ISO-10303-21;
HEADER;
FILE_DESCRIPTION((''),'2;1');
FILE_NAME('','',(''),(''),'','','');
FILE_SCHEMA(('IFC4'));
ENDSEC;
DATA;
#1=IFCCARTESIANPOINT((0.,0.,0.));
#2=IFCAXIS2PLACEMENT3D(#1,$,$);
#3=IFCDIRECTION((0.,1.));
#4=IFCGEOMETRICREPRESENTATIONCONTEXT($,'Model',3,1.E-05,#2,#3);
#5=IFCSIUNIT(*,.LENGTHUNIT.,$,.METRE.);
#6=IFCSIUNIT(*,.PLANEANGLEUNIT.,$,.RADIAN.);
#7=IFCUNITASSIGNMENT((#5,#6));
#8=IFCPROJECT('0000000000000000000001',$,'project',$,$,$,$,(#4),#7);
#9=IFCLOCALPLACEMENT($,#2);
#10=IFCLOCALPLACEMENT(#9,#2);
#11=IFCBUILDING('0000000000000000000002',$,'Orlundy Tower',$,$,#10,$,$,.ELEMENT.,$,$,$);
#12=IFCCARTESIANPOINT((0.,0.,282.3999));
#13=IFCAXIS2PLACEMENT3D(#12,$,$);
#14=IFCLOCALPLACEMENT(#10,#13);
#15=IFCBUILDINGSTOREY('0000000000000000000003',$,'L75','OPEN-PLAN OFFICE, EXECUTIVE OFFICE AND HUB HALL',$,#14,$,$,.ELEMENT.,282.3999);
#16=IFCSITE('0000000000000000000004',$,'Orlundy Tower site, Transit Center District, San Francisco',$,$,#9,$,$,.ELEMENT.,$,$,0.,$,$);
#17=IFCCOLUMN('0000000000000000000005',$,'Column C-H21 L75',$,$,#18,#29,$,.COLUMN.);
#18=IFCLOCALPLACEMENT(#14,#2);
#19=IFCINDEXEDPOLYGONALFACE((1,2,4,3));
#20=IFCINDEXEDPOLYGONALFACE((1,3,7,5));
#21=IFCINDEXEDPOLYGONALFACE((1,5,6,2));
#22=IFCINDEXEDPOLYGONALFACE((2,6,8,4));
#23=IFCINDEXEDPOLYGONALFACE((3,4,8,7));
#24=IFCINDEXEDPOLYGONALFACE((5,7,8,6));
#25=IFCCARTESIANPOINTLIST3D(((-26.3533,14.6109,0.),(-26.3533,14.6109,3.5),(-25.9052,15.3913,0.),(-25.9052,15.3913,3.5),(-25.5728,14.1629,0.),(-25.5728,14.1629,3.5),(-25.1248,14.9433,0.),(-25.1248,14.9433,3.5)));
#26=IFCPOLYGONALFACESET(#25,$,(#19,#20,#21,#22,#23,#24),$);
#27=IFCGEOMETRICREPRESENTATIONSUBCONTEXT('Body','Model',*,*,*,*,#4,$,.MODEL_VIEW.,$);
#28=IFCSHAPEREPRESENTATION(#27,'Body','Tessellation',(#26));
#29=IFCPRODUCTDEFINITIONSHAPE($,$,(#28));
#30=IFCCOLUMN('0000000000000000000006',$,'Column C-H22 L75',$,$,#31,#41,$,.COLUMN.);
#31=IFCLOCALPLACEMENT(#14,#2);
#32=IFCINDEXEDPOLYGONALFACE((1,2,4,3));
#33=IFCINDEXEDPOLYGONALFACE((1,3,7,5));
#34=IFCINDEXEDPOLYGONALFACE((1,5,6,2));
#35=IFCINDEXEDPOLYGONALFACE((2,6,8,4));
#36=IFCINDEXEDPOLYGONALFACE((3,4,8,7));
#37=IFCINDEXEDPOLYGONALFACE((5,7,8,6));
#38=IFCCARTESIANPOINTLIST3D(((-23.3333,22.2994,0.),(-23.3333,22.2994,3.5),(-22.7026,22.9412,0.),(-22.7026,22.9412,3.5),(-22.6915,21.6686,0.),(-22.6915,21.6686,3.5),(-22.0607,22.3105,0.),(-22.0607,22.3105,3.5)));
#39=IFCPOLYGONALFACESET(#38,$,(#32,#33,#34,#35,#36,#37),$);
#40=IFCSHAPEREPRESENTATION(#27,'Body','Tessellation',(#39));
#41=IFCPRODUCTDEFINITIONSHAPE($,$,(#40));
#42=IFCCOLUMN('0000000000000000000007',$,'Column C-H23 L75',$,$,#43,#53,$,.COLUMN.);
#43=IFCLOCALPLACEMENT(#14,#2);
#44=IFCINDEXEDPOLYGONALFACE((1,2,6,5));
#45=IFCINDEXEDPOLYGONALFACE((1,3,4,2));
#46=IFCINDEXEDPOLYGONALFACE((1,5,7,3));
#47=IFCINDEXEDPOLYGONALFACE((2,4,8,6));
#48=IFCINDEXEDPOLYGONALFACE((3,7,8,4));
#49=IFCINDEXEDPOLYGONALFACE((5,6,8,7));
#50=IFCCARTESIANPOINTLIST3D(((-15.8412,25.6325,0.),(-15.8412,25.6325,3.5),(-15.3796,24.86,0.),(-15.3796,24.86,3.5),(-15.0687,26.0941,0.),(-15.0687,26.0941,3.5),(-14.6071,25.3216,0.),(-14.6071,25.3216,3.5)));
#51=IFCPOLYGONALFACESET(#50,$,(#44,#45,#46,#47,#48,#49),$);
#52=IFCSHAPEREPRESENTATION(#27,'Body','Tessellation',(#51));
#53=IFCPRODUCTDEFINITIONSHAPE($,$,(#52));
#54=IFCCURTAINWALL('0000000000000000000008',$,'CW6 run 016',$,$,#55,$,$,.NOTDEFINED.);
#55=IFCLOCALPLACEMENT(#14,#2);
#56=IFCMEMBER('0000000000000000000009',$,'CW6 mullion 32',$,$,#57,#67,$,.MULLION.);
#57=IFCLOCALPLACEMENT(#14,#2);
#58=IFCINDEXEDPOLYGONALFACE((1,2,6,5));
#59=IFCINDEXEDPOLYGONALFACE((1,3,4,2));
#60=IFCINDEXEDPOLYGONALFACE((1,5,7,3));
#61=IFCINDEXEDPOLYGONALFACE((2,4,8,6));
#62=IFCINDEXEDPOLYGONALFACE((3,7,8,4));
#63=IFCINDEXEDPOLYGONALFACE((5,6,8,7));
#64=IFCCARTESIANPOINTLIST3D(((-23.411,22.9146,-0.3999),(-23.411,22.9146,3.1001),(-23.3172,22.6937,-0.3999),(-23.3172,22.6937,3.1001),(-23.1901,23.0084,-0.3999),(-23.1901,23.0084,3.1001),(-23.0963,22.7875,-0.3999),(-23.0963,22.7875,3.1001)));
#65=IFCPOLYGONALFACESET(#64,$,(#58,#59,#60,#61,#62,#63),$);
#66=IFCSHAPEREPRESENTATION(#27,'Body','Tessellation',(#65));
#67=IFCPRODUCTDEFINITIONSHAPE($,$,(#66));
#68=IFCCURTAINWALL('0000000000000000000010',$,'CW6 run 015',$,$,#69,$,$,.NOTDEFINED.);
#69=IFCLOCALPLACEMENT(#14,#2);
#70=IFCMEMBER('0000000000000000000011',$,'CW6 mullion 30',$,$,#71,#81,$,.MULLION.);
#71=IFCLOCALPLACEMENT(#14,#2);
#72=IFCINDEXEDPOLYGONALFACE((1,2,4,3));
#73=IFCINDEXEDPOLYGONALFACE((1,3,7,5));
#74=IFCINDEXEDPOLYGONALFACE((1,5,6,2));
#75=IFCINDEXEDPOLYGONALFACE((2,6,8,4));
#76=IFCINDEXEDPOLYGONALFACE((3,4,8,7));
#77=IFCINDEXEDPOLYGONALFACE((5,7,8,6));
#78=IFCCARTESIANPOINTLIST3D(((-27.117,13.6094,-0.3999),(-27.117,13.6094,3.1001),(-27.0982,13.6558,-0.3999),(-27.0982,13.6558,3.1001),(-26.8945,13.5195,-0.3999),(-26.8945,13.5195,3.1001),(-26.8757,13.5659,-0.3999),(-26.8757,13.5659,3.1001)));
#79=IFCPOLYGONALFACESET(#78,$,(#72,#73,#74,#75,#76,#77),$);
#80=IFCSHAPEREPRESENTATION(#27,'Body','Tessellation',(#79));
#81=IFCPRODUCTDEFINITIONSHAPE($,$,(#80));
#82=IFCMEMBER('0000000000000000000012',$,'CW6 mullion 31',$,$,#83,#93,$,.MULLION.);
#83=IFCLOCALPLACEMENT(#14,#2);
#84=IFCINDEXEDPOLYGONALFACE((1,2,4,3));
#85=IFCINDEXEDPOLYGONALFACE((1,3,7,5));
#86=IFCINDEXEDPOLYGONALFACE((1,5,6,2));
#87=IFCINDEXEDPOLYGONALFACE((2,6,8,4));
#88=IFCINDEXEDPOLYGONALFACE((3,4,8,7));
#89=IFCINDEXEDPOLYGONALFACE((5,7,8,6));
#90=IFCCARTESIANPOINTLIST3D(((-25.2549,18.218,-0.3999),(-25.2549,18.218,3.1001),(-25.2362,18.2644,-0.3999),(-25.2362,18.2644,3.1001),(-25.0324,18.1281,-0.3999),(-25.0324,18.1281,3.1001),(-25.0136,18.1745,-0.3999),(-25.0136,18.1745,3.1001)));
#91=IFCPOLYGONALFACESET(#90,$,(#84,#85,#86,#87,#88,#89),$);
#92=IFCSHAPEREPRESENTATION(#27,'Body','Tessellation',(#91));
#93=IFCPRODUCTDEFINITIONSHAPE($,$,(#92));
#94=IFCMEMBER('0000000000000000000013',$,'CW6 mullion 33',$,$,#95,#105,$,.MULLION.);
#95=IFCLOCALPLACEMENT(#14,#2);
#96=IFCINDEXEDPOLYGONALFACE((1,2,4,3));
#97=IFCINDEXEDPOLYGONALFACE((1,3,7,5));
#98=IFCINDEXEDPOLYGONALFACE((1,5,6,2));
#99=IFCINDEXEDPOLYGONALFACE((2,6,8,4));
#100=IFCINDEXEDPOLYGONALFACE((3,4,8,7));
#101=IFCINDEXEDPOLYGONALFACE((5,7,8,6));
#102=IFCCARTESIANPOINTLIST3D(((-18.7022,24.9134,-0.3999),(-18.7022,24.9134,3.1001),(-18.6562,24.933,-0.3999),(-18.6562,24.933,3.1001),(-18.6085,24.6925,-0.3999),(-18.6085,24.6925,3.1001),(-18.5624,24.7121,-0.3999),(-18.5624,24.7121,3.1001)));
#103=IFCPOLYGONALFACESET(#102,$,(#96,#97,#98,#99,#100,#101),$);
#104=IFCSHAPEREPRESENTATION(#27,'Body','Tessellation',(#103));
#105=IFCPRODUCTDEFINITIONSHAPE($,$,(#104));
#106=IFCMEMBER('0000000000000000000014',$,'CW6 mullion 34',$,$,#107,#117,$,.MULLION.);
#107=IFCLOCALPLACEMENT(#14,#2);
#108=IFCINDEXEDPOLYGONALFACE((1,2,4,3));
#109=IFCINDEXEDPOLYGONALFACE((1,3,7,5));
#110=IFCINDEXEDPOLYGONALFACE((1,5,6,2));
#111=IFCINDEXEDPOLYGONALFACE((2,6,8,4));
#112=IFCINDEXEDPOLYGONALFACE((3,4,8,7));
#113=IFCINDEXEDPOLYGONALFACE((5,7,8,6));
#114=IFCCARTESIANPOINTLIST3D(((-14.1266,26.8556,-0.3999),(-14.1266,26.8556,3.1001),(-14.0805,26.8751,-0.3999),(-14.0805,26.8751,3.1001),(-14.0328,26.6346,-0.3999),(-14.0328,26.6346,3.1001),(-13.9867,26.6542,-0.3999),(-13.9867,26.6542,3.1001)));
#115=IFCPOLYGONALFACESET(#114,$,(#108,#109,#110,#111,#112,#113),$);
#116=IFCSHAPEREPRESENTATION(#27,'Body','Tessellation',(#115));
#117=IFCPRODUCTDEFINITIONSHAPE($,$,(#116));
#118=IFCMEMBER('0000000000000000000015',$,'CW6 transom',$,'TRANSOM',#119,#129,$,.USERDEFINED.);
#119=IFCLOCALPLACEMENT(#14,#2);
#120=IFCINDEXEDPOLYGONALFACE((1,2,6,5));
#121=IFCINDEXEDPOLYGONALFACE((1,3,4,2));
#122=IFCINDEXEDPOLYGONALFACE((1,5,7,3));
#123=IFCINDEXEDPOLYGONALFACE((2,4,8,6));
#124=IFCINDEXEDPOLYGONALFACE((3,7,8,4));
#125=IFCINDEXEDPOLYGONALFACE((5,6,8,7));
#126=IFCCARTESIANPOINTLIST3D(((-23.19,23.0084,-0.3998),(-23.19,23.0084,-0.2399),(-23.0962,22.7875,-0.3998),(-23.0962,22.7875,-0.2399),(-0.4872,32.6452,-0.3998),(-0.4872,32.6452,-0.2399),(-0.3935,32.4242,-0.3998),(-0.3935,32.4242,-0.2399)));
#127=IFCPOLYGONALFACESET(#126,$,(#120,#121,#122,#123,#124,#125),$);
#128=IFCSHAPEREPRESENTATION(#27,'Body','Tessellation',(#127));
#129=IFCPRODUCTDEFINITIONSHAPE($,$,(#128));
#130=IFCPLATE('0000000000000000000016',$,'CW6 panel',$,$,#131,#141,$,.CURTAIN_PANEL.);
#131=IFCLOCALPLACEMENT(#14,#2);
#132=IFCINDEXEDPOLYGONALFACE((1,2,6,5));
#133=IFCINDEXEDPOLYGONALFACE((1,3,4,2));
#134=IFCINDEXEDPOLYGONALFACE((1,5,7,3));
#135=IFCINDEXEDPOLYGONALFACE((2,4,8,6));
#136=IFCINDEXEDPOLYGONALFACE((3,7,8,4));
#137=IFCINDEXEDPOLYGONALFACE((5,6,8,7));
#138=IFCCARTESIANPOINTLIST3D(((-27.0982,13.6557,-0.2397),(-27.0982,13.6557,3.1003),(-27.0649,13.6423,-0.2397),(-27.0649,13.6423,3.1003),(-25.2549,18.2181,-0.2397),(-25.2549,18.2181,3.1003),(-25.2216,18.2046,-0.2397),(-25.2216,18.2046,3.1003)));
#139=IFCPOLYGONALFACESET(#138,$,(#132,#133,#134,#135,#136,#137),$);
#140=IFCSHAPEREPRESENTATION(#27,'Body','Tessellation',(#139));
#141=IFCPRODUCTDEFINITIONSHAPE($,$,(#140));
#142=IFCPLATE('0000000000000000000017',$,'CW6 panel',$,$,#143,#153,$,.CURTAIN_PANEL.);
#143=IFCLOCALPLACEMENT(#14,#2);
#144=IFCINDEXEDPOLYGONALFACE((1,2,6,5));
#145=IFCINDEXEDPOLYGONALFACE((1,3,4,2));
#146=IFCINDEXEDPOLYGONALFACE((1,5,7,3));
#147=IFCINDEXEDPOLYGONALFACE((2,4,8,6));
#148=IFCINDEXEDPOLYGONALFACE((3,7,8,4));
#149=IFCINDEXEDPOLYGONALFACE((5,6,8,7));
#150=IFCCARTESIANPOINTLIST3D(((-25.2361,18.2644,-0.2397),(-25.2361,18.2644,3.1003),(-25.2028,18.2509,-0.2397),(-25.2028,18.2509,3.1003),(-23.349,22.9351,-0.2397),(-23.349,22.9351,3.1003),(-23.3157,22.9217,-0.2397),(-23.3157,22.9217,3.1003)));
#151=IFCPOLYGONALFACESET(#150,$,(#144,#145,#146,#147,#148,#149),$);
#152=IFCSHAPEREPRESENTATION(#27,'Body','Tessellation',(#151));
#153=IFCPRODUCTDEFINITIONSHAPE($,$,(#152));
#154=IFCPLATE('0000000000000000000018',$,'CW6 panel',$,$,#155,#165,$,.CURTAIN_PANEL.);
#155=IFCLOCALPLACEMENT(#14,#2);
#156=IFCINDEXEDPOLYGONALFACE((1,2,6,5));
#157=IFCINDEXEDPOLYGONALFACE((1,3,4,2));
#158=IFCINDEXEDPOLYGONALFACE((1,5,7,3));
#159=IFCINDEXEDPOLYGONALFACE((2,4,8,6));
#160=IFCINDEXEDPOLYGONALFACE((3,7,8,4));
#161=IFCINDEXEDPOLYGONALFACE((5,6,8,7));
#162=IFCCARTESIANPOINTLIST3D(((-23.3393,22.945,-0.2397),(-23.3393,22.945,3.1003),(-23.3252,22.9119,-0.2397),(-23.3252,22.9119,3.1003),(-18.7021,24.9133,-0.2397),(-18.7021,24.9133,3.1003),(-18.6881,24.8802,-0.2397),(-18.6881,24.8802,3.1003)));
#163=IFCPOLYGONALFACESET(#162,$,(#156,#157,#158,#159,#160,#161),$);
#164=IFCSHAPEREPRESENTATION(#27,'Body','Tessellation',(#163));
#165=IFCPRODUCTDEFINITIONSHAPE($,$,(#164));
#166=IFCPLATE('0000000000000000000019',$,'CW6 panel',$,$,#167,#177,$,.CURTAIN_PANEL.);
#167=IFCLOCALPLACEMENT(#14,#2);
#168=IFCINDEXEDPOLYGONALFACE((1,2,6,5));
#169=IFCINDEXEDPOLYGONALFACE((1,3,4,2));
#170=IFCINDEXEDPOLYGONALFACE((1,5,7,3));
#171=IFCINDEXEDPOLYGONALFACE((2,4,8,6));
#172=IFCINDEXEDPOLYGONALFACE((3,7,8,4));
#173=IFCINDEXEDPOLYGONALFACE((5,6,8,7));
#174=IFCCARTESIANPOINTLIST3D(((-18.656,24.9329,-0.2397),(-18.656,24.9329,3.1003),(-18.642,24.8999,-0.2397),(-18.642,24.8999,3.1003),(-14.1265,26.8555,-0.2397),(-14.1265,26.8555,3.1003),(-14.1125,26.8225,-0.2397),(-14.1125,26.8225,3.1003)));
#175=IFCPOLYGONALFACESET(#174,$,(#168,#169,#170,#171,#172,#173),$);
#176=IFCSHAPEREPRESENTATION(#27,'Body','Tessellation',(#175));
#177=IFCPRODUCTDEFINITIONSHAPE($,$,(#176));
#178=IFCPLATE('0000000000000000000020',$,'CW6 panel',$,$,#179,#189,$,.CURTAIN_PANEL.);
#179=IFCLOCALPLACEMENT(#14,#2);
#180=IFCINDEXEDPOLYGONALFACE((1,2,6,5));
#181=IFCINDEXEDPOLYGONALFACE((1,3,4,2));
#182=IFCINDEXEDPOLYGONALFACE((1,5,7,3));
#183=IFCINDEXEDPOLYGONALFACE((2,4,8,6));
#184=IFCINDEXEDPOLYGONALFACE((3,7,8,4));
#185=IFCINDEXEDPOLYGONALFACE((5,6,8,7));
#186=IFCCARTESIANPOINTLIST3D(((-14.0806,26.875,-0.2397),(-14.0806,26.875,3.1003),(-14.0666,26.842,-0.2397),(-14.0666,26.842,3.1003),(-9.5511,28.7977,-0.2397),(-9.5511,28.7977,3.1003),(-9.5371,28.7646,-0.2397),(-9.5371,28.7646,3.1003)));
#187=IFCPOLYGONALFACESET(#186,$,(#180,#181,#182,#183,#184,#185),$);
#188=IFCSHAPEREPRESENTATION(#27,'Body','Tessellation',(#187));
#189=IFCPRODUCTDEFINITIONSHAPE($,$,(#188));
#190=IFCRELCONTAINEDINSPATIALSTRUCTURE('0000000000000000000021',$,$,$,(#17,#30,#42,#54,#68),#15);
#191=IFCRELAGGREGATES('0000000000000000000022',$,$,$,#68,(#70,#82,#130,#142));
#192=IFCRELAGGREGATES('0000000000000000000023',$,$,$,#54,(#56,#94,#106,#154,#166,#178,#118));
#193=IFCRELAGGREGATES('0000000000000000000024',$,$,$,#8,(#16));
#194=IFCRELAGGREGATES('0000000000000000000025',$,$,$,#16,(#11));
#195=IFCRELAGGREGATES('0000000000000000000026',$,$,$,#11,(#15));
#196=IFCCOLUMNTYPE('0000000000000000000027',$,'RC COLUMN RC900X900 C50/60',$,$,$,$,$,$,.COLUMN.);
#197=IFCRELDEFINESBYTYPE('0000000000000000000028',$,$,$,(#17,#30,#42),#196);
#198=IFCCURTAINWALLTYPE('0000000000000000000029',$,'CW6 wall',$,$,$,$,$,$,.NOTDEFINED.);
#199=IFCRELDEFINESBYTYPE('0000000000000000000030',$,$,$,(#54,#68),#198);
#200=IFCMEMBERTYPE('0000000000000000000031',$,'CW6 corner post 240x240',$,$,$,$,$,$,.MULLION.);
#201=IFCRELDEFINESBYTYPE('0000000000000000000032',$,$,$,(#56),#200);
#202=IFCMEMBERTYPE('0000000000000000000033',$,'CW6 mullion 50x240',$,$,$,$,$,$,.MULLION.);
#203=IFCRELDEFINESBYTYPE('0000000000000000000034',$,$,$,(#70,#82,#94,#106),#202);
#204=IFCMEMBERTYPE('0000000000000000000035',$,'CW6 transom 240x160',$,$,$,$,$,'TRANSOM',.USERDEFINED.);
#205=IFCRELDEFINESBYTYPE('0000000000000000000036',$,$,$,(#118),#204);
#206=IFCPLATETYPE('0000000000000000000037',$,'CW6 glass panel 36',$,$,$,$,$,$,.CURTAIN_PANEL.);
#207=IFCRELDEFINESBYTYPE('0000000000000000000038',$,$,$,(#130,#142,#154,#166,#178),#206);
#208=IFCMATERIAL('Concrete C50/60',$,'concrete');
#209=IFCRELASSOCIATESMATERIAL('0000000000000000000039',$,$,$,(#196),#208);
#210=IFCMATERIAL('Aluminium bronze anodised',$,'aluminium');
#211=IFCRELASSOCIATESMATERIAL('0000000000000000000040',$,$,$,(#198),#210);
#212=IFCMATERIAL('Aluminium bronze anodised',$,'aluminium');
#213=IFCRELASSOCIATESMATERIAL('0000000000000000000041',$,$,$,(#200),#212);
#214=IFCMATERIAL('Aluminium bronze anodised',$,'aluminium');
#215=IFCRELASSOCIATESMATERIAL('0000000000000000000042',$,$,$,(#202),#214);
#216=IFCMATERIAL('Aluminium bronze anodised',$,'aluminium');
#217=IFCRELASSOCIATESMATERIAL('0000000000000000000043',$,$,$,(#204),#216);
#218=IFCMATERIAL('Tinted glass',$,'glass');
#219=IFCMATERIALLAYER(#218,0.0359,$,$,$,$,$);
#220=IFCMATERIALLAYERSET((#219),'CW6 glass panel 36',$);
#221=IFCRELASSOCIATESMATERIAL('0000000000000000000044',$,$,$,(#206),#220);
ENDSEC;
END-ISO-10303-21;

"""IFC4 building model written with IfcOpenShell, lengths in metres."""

from ifc_helpers import new_model, si_unit, direction, frame, origin, origin_2d, place, context, subcontext, project, spatial, rectangle, extrude, material, layer, layer_set, material_profile, profile_set, type_object, element, aggregate, save


model = new_model("IFC4")

# Units and contexts
model_context = context("Model", 3, precision=1e-05, world=origin(), true_north=direction((0.0, 1.0)))
body_context = subcontext(model_context, "Body", "Model", "MODEL_VIEW")
ifc_project = project(units=[si_unit("LENGTHUNIT", "METRE"), si_unit("PLANEANGLEUNIT", "RADIAN")], contexts=[model_context])

# Site, building, storey
site_placement = place(None, origin())
site = spatial("IfcSite", under=ifc_project, at=site_placement, Name="Orlundy Tower site, Transit Center District, San Francisco", CompositionType="ELEMENT", RefElevation=0.0)
building_placement = place(site_placement, origin())
building = spatial("IfcBuilding", under=site, at=building_placement, Name="Orlundy Tower", CompositionType="ELEMENT")
storey_placement = place(building_placement, frame((0.0, 0.0, 282.3999)))
storey = spatial("IfcBuildingStorey", under=building, at=storey_placement, Name="L75", Description="OPEN-PLAN OFFICE, EXECUTIVE OFFICE AND HUB HALL", CompositionType="ELEMENT", Elevation=282.3999)

# Columns
ifc_material_1 = material(Name="Concrete C50/60", Category="concrete")
ifc_material_profile_1 = material_profile(ifc_material_1, rectangle(XDim=0.8999, YDim=0.8999, at=origin_2d()), Name="RC900X900")
ifc_profile_set_1 = profile_set([ifc_material_profile_1], Name="Concrete C50/60")
column_type = type_object("IfcColumnType", Name="RC COLUMN RC900X900 C50/60", PredefinedType="COLUMN", material=ifc_profile_set_1)
for number, where, z_axis, x_axis, name in (
    (1, (-25.739, 14.7771, 0.0), (0.0, 0.0, 1.0), (-0.867236, 0.497898, 0.0), "Column C-H21 L75"),
    (2, (-22.697, 22.3049, 0.0), (0.0, 0.0, 1.0), (-0.713238, 0.700922, 0.0), "Column C-H22 L75"),
    (3, (-15.2241, 25.4771, 0.0), (0.0, 0.0, 1.0), (-0.512957, 0.858414, 0.0), "Column C-H23 L75"),
):
    element("IfcColumn", number, at=place(storey_placement, frame(where, z_axis=z_axis, x_axis=x_axis)), inside=storey, type_object=column_type, Name=name, PredefinedType="COLUMN", context=body_context, shape_type="SweptSolid", body=[
        extrude(rectangle(XDim=0.8999, YDim=0.8999, at=origin_2d()), origin(), (0.0, 0.0, 1.0), 3.5),
    ])

# Curtain wall, member
ifc_material_2 = material(Name="Aluminium bronze anodised", Category="aluminium")
curtain_wall_type = type_object("IfcCurtainWallType", Name="CW6 wall", PredefinedType="NOTDEFINED", material=ifc_material_2)
curtain_wall_1_placement = place(storey_placement, origin())
curtain_wall_1 = element("IfcCurtainWall", 4, at=curtain_wall_1_placement, inside=storey, type_object=curtain_wall_type, Name="CW6 run 016", PredefinedType="NOTDEFINED")
ifc_material_3 = material(Name="Aluminium bronze anodised", Category="aluminium")
ifc_material_profile_2 = material_profile(ifc_material_3, rectangle(XDim=0.24, YDim=0.24, at=origin_2d()), Name="CW6 corner post 240x240")
ifc_profile_set_2 = profile_set([ifc_material_profile_2], Name="Aluminium bronze anodised")
member_type_1 = type_object("IfcMemberType", Name="CW6 corner post 240x240", PredefinedType="MULLION", material=ifc_profile_set_2)
member_1_placement = place(storey_placement, frame((-23.2537, 22.8511, -0.3999), z_axis=(0.0, 0.0, 1.0), x_axis=(-0.390727, 0.920507, 0.0)))
member_1 = element("IfcMember", 5, at=member_1_placement, type_object=member_type_1, Name="CW6 mullion 32", PredefinedType="MULLION", context=body_context, shape_type="SweptSolid", body=[
    extrude(rectangle(XDim=0.24, YDim=0.24, at=origin_2d()), origin(), (0.0, 0.0, 1.0), 3.5),
])

# Curtain wall, members
curtain_wall_2_placement = place(storey_placement, origin())
curtain_wall_2 = element("IfcCurtainWall", 6, at=curtain_wall_2_placement, inside=storey, type_object=curtain_wall_type, Name="CW6 run 015", PredefinedType="NOTDEFINED")
ifc_material_4 = material(Name="Aluminium bronze anodised", Category="aluminium")
ifc_material_profile_3 = material_profile(ifc_material_4, rectangle(XDim=0.24, YDim=0.05, at=origin_2d()), Name="CW6 mullion 50x240")
ifc_profile_set_3 = profile_set([ifc_material_profile_3], Name="Aluminium bronze anodised")
member_type_2 = type_object("IfcMemberType", Name="CW6 mullion 50x240", PredefinedType="MULLION", material=ifc_profile_set_3)
member_2_placement = place(storey_placement, frame((-26.9963, 13.5876, -0.3999), z_axis=(0.0, 0.0, 1.0), x_axis=(-0.927184, 0.374607, 0.0)))
member_2 = element("IfcMember", 7, at=member_2_placement, type_object=member_type_2, Name="CW6 mullion 30", PredefinedType="MULLION", context=body_context, shape_type="SweptSolid", body=[
    extrude(rectangle(XDim=0.24, YDim=0.05, at=origin_2d()), origin(), (0.0, 0.0, 1.0), 3.5),
])
member_3_placement = place(storey_placement, frame((-25.1343, 18.1963, -0.3999), z_axis=(0.0, 0.0, 1.0), x_axis=(-0.927184, 0.374607, 0.0)))
member_3 = element("IfcMember", 8, at=member_3_placement, type_object=member_type_2, Name="CW6 mullion 31", PredefinedType="MULLION", context=body_context, shape_type="SweptSolid", body=[
    extrude(rectangle(XDim=0.24, YDim=0.05, at=origin_2d()), origin(), (0.0, 0.0, 1.0), 3.5),
])

# Members
member_4_placement = place(storey_placement, frame((-18.6323, 24.8127, -0.3999), z_axis=(0.0, 0.0, 1.0), x_axis=(-0.390727, 0.920507, 0.0)))
member_4 = element("IfcMember", 9, at=member_4_placement, type_object=member_type_2, Name="CW6 mullion 33", PredefinedType="MULLION", context=body_context, shape_type="SweptSolid", body=[
    extrude(rectangle(XDim=0.24, YDim=0.05, at=origin_2d()), origin(), (0.0, 0.0, 1.0), 3.5),
])
member_5_placement = place(storey_placement, frame((-14.0566, 26.7549, -0.3999), z_axis=(0.0, 0.0, 1.0), x_axis=(-0.390727, 0.920507, 0.0)))
member_5 = element("IfcMember", 10, at=member_5_placement, type_object=member_type_2, Name="CW6 mullion 34", PredefinedType="MULLION", context=body_context, shape_type="SweptSolid", body=[
    extrude(rectangle(XDim=0.24, YDim=0.05, at=origin_2d()), origin(), (0.0, 0.0, 1.0), 3.5),
])
ifc_material_5 = material(Name="Aluminium bronze anodised", Category="aluminium")
ifc_material_profile_4 = material_profile(ifc_material_5, rectangle(XDim=0.24, YDim=0.1599, at=origin_2d()), Name="CW6 transom 240x160")
ifc_profile_set_4 = profile_set([ifc_material_profile_4], Name="Aluminium bronze anodised")
member_type_3 = type_object("IfcMemberType", Name="CW6 transom 240x160", ElementType="TRANSOM", PredefinedType="USERDEFINED", material=ifc_profile_set_4)
member_6_placement = place(storey_placement, frame((-23.1431, 22.8979, -0.3198), z_axis=(0.920505, 0.390732, 0.0), x_axis=(-0.390732, 0.920505, 0.0)))
member_6 = element("IfcMember", 11, at=member_6_placement, type_object=member_type_3, Name="CW6 transom", ObjectType="TRANSOM", PredefinedType="USERDEFINED", context=body_context, shape_type="SweptSolid", body=[
    extrude(rectangle(XDim=0.24, YDim=0.1599, at=origin_2d()), origin(), (0.0, 0.0, 1.0), 24.6633),
])

# Plates
ifc_material_6 = material(Name="Tinted glass", Category="glass")
ifc_layer_1 = layer(ifc_material_6, 0.0359)
ifc_layer_set_1 = layer_set([ifc_layer_1], Name="CW6 glass panel 36")
plate_type = type_object("IfcPlateType", Name="CW6 glass panel 36", PredefinedType="CURTAIN_PANEL", material=ifc_layer_set_1)
plate_1_placement = place(storey_placement, frame((-26.1599, 15.9302, -0.2397), z_axis=(0.0, 0.0, 1.0), x_axis=(0.374607, 0.927184, 0.0)))
plate_1 = element("IfcPlate", 12, at=plate_1_placement, type_object=plate_type, Name="CW6 panel", PredefinedType="CURTAIN_PANEL", context=body_context, shape_type="SweptSolid", body=[
    extrude(rectangle(XDim=4.9207, YDim=0.0359, at=origin_2d()), origin(), (0.0, 0.0, 1.0), 3.3401),
])
plate_2_placement = place(storey_placement, frame((-24.2759, 20.593, -0.2397), z_axis=(0.0, 0.0, 1.0), x_axis=(0.374607, 0.927184, 0.0)))
plate_2 = element("IfcPlate", 13, at=plate_2_placement, type_object=plate_type, Name="CW6 panel", PredefinedType="CURTAIN_PANEL", context=body_context, shape_type="SweptSolid", body=[
    extrude(rectangle(XDim=5.0376, YDim=0.0359, at=origin_2d()), origin(), (0.0, 0.0, 1.0), 3.3401),
])
aggregate(curtain_wall_2, [member_2, member_3, plate_1, plate_2])
plate_3_placement = place(storey_placement, frame((-21.0137, 23.9126, -0.2397), z_axis=(0.0, 0.0, 1.0), x_axis=(0.920507, 0.390727, 0.0)))
plate_3 = element("IfcPlate", 14, at=plate_3_placement, type_object=plate_type, Name="CW6 panel", PredefinedType="CURTAIN_PANEL", context=body_context, shape_type="SweptSolid", body=[
    extrude(rectangle(XDim=5.0376, YDim=0.0359, at=origin_2d()), origin(), (0.0, 0.0, 1.0), 3.3401),
])
plate_4_placement = place(storey_placement, frame((-16.3843, 25.8777, -0.2397), z_axis=(0.0, 0.0, 1.0), x_axis=(0.920507, 0.390727, 0.0)))
plate_4 = element("IfcPlate", 15, at=plate_4_placement, type_object=plate_type, Name="CW6 panel", PredefinedType="CURTAIN_PANEL", context=body_context, shape_type="SweptSolid", body=[
    extrude(rectangle(XDim=4.9207, YDim=0.0359, at=origin_2d()), origin(), (0.0, 0.0, 1.0), 3.3401),
])
plate_5_placement = place(storey_placement, frame((-11.8088, 27.8198, -0.2397), z_axis=(0.0, 0.0, 1.0), x_axis=(0.920507, 0.390727, 0.0)))
plate_5 = element("IfcPlate", 16, at=plate_5_placement, type_object=plate_type, Name="CW6 panel", PredefinedType="CURTAIN_PANEL", context=body_context, shape_type="SweptSolid", body=[
    extrude(rectangle(XDim=4.9207, YDim=0.0359, at=origin_2d()), origin(), (0.0, 0.0, 1.0), 3.3401),
])
aggregate(curtain_wall_1, [member_1, member_4, member_5, plate_3, plate_4, plate_5, member_6])

save(model, "model.ifc")
